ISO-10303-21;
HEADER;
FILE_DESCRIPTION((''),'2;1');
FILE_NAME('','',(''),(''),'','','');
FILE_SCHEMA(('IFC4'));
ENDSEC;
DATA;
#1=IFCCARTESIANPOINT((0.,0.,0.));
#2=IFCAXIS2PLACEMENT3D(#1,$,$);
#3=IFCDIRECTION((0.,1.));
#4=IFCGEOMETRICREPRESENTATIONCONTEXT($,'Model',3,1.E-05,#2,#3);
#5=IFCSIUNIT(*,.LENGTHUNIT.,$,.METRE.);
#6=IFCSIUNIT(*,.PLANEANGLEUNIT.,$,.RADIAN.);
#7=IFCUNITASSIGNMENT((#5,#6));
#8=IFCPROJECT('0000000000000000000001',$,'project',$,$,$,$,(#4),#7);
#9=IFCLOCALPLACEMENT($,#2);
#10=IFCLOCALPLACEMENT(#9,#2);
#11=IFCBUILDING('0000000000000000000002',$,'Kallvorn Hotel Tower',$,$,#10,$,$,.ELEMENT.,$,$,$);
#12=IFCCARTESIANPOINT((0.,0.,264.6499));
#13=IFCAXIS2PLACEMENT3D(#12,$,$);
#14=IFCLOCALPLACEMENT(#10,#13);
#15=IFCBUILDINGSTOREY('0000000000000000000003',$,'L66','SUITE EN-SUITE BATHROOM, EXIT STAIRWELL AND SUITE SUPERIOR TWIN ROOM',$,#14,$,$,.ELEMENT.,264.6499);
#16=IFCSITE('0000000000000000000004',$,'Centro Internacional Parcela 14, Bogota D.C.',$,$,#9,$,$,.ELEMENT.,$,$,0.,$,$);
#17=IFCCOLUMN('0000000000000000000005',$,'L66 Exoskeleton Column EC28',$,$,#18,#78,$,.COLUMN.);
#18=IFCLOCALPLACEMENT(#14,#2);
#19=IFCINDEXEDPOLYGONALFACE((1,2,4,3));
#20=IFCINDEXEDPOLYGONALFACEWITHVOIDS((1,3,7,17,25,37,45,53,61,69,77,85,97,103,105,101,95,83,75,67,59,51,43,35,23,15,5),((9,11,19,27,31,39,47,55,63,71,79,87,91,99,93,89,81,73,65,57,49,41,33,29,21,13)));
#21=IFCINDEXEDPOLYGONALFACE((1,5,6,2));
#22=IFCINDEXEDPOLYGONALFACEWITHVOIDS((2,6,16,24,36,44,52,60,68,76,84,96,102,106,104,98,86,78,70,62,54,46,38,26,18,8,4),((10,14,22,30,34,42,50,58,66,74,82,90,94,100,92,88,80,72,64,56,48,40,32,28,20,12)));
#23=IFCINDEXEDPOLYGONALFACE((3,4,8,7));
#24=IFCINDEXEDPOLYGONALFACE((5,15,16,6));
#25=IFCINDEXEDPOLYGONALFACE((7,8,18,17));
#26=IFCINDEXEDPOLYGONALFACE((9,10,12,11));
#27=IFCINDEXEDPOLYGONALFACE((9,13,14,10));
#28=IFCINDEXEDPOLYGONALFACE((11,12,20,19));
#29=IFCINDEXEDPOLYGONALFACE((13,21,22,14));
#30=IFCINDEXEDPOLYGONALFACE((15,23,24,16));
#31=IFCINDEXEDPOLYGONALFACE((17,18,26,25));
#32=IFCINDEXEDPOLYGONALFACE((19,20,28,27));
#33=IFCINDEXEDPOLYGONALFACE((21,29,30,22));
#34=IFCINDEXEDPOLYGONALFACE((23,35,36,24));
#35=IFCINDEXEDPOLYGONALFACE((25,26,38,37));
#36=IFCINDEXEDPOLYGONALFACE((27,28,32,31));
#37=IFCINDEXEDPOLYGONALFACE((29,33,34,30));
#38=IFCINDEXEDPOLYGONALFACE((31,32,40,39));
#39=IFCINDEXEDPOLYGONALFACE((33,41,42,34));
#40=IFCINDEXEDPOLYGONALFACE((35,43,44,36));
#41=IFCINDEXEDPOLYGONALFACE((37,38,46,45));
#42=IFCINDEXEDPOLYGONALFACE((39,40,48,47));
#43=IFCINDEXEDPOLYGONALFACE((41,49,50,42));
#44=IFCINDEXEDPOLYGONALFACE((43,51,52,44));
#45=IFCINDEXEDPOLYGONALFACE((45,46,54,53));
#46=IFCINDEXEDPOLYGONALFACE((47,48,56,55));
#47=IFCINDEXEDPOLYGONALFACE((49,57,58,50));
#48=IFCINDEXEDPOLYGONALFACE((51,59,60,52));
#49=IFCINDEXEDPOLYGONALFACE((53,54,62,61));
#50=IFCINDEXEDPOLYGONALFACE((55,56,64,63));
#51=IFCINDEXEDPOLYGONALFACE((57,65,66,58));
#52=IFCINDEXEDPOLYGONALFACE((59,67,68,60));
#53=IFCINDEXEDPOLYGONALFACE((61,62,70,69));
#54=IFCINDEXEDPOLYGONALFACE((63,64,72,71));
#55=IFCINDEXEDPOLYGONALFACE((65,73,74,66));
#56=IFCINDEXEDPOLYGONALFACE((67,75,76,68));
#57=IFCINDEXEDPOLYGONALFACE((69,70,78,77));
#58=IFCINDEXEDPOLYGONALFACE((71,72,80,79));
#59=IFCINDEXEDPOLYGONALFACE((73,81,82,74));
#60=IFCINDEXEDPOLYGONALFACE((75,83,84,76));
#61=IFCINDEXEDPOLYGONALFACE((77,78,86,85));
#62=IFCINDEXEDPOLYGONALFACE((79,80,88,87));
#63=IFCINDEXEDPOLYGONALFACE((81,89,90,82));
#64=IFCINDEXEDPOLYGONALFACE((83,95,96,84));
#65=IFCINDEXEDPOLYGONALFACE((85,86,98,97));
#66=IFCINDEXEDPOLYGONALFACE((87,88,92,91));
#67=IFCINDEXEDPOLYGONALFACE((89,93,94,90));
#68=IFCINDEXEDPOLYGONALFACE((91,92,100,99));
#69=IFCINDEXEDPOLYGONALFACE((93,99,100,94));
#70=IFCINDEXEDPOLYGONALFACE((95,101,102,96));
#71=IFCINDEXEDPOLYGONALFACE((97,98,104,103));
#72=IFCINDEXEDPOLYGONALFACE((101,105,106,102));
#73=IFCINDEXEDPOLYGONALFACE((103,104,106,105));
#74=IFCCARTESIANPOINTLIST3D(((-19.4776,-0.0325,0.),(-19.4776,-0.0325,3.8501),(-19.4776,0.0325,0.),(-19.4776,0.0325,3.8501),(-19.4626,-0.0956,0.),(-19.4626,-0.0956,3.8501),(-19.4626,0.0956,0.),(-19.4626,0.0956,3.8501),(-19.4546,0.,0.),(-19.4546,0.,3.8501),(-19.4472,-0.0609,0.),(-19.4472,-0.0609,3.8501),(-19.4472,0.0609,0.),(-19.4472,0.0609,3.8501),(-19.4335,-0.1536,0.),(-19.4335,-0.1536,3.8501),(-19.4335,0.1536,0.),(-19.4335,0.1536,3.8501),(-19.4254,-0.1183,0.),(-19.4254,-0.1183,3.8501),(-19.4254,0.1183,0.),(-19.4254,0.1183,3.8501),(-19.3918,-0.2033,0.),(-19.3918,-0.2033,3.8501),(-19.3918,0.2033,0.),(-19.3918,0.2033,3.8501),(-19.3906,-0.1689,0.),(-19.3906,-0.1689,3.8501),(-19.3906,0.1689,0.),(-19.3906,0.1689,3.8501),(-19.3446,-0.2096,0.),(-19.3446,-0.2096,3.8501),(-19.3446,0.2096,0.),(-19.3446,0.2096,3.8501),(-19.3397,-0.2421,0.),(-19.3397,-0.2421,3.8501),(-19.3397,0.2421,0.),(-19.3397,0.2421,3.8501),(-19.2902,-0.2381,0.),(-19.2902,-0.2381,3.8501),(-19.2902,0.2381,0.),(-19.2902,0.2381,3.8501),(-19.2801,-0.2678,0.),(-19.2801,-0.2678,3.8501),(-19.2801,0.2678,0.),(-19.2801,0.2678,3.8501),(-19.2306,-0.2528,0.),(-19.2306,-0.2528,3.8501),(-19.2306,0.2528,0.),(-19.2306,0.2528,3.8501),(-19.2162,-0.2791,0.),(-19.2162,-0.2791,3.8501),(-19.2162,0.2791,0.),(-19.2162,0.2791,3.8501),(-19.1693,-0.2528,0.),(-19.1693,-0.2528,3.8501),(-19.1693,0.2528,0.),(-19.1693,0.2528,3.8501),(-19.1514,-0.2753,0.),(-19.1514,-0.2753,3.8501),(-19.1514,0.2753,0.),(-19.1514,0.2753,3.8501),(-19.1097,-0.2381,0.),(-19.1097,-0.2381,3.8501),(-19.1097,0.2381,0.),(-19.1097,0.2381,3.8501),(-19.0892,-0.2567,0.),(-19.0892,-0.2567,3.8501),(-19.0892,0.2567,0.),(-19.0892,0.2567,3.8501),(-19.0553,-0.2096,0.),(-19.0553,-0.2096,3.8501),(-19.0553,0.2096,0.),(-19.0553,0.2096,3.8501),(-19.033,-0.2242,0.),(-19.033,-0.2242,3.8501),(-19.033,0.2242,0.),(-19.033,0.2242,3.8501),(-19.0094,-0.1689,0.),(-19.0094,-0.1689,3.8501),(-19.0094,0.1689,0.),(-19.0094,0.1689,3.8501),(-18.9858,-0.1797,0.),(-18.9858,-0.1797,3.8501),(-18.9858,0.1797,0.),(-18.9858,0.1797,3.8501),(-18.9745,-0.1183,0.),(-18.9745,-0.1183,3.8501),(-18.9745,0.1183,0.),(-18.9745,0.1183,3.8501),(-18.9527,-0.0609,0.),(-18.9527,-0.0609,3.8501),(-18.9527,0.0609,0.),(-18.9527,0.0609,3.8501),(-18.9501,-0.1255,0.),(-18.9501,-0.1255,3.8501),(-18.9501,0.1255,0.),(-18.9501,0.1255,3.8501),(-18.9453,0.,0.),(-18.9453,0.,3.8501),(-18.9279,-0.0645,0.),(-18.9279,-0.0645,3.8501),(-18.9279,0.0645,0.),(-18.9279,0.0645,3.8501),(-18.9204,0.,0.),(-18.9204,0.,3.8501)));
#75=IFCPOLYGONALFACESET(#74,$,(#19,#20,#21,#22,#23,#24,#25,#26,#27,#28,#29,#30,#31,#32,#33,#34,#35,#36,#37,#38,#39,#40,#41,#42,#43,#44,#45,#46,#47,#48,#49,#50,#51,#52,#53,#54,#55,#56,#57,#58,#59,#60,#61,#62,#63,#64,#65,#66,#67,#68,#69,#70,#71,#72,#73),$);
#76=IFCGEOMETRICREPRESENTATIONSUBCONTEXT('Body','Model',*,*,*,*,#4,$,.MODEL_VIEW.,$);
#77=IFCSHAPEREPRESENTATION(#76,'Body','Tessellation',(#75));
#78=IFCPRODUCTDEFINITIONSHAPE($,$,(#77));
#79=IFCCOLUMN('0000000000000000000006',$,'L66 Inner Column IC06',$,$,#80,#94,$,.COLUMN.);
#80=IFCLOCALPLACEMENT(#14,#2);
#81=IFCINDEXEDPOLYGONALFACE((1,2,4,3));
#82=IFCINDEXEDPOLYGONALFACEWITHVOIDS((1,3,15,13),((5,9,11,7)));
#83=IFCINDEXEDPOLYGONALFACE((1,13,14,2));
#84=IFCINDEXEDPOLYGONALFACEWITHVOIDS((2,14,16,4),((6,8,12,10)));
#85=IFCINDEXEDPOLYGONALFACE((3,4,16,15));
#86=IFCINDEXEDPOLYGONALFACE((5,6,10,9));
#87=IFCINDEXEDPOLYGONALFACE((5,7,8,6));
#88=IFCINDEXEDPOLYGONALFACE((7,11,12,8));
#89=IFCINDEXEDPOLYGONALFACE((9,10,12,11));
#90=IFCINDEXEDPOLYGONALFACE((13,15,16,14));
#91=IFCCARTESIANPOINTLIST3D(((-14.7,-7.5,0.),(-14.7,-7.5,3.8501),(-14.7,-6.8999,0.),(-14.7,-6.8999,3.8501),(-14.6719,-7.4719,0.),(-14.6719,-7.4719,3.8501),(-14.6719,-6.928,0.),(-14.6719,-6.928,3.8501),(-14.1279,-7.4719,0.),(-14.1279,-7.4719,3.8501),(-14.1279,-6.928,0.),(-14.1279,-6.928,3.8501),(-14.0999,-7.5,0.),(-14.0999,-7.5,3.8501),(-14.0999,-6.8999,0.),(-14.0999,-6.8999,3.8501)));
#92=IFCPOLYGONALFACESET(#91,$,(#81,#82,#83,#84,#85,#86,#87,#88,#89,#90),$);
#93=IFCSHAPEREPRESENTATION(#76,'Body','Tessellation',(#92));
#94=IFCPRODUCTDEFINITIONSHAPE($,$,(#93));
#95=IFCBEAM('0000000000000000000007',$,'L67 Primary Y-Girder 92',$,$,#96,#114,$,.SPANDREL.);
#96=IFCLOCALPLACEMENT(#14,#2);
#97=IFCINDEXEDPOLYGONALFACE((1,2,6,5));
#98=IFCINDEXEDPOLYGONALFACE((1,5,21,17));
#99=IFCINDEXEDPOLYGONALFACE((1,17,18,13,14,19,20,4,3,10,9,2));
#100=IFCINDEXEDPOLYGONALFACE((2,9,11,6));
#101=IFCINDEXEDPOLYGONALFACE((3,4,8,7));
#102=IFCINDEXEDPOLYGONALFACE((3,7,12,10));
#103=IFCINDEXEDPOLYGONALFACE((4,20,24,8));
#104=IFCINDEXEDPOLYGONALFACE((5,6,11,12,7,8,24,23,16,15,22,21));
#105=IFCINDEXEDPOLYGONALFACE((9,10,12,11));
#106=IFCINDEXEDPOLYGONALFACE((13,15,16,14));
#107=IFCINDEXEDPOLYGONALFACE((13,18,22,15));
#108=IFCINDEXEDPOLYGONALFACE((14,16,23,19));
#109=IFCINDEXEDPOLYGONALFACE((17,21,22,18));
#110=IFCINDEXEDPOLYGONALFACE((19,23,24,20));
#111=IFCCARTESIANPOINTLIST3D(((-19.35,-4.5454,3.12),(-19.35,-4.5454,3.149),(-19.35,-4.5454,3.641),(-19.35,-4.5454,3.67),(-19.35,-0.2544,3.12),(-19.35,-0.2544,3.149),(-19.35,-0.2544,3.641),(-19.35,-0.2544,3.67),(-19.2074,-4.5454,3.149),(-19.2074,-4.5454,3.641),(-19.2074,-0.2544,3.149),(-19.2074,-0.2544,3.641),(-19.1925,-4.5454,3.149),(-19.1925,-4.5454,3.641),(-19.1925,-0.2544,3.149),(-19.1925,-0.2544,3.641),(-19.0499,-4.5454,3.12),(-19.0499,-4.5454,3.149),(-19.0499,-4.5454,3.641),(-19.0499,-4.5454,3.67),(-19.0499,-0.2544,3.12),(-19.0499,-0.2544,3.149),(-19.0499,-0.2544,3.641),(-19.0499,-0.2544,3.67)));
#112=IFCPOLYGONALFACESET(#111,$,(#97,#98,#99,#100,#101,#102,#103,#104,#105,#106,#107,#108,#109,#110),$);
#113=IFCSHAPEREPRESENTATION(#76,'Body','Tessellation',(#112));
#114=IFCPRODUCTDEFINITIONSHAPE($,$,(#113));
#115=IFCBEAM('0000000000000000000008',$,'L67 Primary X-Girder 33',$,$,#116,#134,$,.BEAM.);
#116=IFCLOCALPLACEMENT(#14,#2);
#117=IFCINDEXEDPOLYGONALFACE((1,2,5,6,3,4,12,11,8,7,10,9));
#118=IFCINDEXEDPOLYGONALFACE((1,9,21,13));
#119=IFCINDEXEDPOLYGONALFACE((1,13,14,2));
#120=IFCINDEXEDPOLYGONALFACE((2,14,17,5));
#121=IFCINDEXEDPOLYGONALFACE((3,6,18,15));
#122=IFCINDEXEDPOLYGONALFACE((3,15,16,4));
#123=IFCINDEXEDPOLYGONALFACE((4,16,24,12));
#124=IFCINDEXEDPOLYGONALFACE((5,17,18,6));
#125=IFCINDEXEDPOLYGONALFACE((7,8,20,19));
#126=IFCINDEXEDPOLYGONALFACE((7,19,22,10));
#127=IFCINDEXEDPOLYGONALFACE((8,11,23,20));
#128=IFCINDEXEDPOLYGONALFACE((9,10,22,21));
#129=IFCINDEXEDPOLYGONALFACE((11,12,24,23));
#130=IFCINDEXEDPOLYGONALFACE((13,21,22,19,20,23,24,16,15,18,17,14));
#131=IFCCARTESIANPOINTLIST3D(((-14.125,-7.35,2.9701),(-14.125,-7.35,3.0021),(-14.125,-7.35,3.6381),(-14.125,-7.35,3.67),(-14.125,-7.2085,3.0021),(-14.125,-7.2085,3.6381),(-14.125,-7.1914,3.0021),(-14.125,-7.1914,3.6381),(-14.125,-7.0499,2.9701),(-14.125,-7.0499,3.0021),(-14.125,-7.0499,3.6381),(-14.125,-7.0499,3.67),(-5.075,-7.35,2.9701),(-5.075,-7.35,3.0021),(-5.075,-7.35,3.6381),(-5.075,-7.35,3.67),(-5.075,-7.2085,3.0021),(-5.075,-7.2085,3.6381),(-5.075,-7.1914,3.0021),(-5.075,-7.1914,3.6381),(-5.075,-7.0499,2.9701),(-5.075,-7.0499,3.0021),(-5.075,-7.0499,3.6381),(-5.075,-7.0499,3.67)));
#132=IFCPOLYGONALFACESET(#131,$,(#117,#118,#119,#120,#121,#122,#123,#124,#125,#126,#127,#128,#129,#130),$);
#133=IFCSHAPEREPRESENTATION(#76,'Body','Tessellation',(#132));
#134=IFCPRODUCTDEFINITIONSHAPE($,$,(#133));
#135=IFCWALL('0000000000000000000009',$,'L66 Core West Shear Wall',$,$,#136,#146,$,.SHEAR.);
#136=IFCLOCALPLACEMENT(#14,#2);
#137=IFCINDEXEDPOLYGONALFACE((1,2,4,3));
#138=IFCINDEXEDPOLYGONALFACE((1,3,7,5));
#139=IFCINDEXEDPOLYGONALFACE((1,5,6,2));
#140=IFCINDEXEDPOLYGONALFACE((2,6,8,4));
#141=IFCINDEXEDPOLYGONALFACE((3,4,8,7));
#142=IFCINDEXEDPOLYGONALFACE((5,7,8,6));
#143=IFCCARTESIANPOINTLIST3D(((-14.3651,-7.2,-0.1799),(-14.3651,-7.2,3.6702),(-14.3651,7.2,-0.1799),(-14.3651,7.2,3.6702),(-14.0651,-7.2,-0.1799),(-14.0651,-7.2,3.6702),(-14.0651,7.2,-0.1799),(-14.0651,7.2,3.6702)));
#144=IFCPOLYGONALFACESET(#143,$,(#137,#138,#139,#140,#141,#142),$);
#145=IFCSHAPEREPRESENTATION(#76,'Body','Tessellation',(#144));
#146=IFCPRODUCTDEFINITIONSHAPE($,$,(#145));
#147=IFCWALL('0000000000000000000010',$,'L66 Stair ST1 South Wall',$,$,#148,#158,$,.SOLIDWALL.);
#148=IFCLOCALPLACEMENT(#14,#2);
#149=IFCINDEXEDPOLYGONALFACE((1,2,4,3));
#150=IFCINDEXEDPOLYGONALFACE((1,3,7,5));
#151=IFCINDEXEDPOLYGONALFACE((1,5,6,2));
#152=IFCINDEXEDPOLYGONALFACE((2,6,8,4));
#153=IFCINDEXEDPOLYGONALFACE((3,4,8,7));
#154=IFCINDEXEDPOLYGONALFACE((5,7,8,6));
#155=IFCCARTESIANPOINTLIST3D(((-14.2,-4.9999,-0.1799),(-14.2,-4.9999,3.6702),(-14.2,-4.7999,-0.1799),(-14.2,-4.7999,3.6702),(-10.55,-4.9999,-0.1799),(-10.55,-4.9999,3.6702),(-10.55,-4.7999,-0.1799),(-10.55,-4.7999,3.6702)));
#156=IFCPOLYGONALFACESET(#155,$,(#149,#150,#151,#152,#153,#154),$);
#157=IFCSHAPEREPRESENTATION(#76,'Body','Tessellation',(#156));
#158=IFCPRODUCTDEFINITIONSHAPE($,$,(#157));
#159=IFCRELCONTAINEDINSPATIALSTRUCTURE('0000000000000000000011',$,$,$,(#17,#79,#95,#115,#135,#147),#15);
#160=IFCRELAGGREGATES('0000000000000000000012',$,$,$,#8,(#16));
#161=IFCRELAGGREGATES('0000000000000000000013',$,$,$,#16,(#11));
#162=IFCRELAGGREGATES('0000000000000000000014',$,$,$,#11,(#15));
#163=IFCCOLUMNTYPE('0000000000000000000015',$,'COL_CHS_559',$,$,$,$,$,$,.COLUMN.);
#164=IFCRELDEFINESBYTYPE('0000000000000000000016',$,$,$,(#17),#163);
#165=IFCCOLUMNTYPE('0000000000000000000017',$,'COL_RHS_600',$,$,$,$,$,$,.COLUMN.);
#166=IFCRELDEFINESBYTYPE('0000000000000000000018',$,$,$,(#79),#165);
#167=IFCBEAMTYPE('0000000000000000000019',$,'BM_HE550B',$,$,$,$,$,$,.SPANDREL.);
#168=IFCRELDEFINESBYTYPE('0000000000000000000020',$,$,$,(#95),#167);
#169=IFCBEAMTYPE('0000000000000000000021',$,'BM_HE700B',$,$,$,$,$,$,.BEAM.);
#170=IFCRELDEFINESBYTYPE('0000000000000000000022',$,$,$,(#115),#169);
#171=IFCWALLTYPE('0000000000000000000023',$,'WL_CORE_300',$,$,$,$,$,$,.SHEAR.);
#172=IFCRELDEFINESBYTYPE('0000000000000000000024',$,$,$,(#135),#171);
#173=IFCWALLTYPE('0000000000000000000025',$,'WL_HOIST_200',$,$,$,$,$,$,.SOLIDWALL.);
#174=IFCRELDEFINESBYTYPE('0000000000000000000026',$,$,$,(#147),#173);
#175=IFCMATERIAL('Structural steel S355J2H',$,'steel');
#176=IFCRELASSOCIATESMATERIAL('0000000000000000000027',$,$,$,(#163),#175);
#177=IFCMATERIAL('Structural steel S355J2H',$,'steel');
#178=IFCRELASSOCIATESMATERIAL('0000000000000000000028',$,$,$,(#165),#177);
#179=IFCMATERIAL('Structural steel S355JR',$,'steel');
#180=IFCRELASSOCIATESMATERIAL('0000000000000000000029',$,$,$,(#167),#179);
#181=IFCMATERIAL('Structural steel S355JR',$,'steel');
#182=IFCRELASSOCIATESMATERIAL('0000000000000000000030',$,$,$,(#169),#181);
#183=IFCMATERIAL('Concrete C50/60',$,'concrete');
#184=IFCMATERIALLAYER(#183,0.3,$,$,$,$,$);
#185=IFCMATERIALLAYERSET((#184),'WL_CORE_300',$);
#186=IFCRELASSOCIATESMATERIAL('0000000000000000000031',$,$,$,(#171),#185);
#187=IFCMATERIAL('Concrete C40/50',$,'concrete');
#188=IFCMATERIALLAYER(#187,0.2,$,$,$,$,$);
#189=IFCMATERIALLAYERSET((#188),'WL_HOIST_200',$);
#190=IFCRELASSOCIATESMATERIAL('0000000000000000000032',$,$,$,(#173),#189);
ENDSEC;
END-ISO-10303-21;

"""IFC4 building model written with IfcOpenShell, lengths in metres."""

from ifc_helpers import new_model, si_unit, direction, frame, frame_2d, origin, origin_2d, place, context, subcontext, project, spatial, rectangle, hollow_rectangle, hollow_circle, i_section, extrude, material, layer, layer_set, material_profile, profile_set, type_object, element, save


model = new_model("IFC4")

# Units and contexts
model_context = context("Model", 3, precision=1e-05, world=origin(), true_north=direction((0.0, 1.0)))
body_context = subcontext(model_context, "Body", "Model", "MODEL_VIEW")
ifc_project = project(units=[si_unit("LENGTHUNIT", "METRE"), si_unit("PLANEANGLEUNIT", "RADIAN")], contexts=[model_context])

# Site, building, storey
site_placement = place(None, origin())
site = spatial("IfcSite", under=ifc_project, at=site_placement, Name="Centro Internacional Parcela 14, Bogota D.C.", CompositionType="ELEMENT", RefElevation=0.0)
building_placement = place(site_placement, origin())
building = spatial("IfcBuilding", under=site, at=building_placement, Name="Kallvorn Hotel Tower", CompositionType="ELEMENT")
storey_placement = place(building_placement, frame((0.0, 0.0, 264.6499)))
storey = spatial("IfcBuildingStorey", under=building, at=storey_placement, Name="L66", Description="SUITE EN-SUITE BATHROOM, EXIT STAIRWELL AND SUITE SUPERIOR TWIN ROOM", CompositionType="ELEMENT", Elevation=264.6499)

# Columns
ifc_material_1 = material(Name="Structural steel S355J2H", Category="steel")
ifc_material_profile_1 = material_profile(ifc_material_1, hollow_circle(Radius=0.2795, WallThickness=0.0249, at=origin_2d()), Name="CHS 559x25")
ifc_profile_set_1 = profile_set([ifc_material_profile_1], Name="Structural steel S355J2H")
column_type_1 = type_object("IfcColumnType", Name="COL_CHS_559", PredefinedType="COLUMN", material=ifc_profile_set_1)
column_1_placement = place(storey_placement, frame((-19.2, 0.0, 0.0), z_axis=(0.0, 0.0, 1.0), x_axis=(1.0, 0.0, 0.0)))
element("IfcColumn", 1, at=column_1_placement, inside=storey, type_object=column_type_1, Name="L66 Exoskeleton Column EC28", PredefinedType="COLUMN", context=body_context, shape_type="SweptSolid", body=[
    extrude(hollow_circle(Radius=0.2795, WallThickness=0.0249, at=origin_2d()), origin(), (0.0, 0.0, 1.0), 3.8501),
])
ifc_material_2 = material(Name="Structural steel S355J2H", Category="steel")
ifc_material_profile_2 = material_profile(ifc_material_2, hollow_rectangle(XDim=0.6001, YDim=0.6001, WallThickness=0.0281, at=origin_2d()), Name="RHS 600x600x28")
ifc_profile_set_2 = profile_set([ifc_material_profile_2], Name="Structural steel S355J2H")
column_type_2 = type_object("IfcColumnType", Name="COL_RHS_600", PredefinedType="COLUMN", material=ifc_profile_set_2)
column_2_placement = place(storey_placement, frame((-14.3999, -7.2, 0.0), z_axis=(0.0, 0.0, 1.0), x_axis=(1.0, 0.0, 0.0)))
element("IfcColumn", 2, at=column_2_placement, inside=storey, type_object=column_type_2, Name="L66 Inner Column IC06", PredefinedType="COLUMN", context=body_context, shape_type="SweptSolid", body=[
    extrude(hollow_rectangle(XDim=0.6001, YDim=0.6001, WallThickness=0.0281, at=origin_2d()), origin(), (0.0, 0.0, 1.0), 3.8501),
])

# Beams
ifc_material_3 = material(Name="Structural steel S355JR", Category="steel")
ifc_material_profile_3 = material_profile(ifc_material_3, i_section(OverallWidth=0.3, OverallDepth=0.55, WebThickness=0.0149, FlangeThickness=0.0291, at=origin_2d()), Name="HE 550 B")
ifc_profile_set_3 = profile_set([ifc_material_profile_3], Name="Structural steel S355JR")
beam_type_1 = type_object("IfcBeamType", Name="BM_HE550B", PredefinedType="SPANDREL", material=ifc_profile_set_3)
beam_1_placement = place(storey_placement, frame((-19.2, -4.5454, 3.395), z_axis=(0.0, 1.0, 0.0), x_axis=(-1.0, 0.0, 0.0)))
element("IfcBeam", 3, at=beam_1_placement, inside=storey, type_object=beam_type_1, Name="L67 Primary Y-Girder 92", PredefinedType="SPANDREL", context=body_context, shape_type="SweptSolid", body=[
    extrude(i_section(OverallWidth=0.3, OverallDepth=0.55, WebThickness=0.0149, FlangeThickness=0.0291, at=origin_2d()), origin(), (0.0, 0.0, 1.0), 4.291),
])
ifc_material_4 = material(Name="Structural steel S355JR", Category="steel")
ifc_material_profile_4 = material_profile(ifc_material_4, i_section(OverallWidth=0.3, OverallDepth=0.7, WebThickness=0.0171, FlangeThickness=0.032, at=origin_2d()), Name="HE 700 B")
ifc_profile_set_4 = profile_set([ifc_material_profile_4], Name="Structural steel S355JR")
beam_type_2 = type_object("IfcBeamType", Name="BM_HE700B", PredefinedType="BEAM", material=ifc_profile_set_4)
beam_2_placement = place(storey_placement, frame((-14.125, -7.2, 3.3201), z_axis=(1.0, 0.0, 0.0), x_axis=(0.0, 1.0, 0.0)))
element("IfcBeam", 4, at=beam_2_placement, inside=storey, type_object=beam_type_2, Name="L67 Primary X-Girder 33", PredefinedType="BEAM", context=body_context, shape_type="SweptSolid", body=[
    extrude(i_section(OverallWidth=0.3, OverallDepth=0.7, WebThickness=0.0171, FlangeThickness=0.032, at=origin_2d()), origin(), (0.0, 0.0, 1.0), 9.05),
])

# Walls
ifc_material_5 = material(Name="Concrete C50/60", Category="concrete")
ifc_layer_1 = layer(ifc_material_5, 0.3)
ifc_layer_set_1 = layer_set([ifc_layer_1], Name="WL_CORE_300")
wall_type_1 = type_object("IfcWallType", Name="WL_CORE_300", PredefinedType="SHEAR", material=ifc_layer_set_1)
wall_1_placement = place(storey_placement, frame((-14.2151, -7.2, -0.1799), z_axis=(0.0, 0.0, 1.0), x_axis=(0.0, 1.0, 0.0)))
element("IfcWall", 5, at=wall_1_placement, inside=storey, type_object=wall_type_1, Name="L66 Core West Shear Wall", PredefinedType="SHEAR", context=body_context, shape_type="SweptSolid", body=[
    extrude(rectangle(XDim=14.3999, YDim=0.3, at=frame_2d((7.2, 0.0))), origin(), (0.0, 0.0, 1.0), 3.8501),
])
ifc_material_6 = material(Name="Concrete C40/50", Category="concrete")
ifc_layer_2 = layer(ifc_material_6, 0.2)
ifc_layer_set_2 = layer_set([ifc_layer_2], Name="WL_HOIST_200")
wall_type_2 = type_object("IfcWallType", Name="WL_HOIST_200", PredefinedType="SOLIDWALL", material=ifc_layer_set_2)
wall_2_placement = place(storey_placement, frame((-14.2, -4.8999, -0.1799), z_axis=(0.0, 0.0, 1.0), x_axis=(1.0, 0.0, 0.0)))
element("IfcWall", 6, at=wall_2_placement, inside=storey, type_object=wall_type_2, Name="L66 Stair ST1 South Wall", PredefinedType="SOLIDWALL", context=body_context, shape_type="SweptSolid", body=[
    extrude(rectangle(XDim=3.6499, YDim=0.2, at=frame_2d((1.825, 0.0))), origin(), (0.0, 0.0, 1.0), 3.8501),
])

save(model, "model.ifc")
